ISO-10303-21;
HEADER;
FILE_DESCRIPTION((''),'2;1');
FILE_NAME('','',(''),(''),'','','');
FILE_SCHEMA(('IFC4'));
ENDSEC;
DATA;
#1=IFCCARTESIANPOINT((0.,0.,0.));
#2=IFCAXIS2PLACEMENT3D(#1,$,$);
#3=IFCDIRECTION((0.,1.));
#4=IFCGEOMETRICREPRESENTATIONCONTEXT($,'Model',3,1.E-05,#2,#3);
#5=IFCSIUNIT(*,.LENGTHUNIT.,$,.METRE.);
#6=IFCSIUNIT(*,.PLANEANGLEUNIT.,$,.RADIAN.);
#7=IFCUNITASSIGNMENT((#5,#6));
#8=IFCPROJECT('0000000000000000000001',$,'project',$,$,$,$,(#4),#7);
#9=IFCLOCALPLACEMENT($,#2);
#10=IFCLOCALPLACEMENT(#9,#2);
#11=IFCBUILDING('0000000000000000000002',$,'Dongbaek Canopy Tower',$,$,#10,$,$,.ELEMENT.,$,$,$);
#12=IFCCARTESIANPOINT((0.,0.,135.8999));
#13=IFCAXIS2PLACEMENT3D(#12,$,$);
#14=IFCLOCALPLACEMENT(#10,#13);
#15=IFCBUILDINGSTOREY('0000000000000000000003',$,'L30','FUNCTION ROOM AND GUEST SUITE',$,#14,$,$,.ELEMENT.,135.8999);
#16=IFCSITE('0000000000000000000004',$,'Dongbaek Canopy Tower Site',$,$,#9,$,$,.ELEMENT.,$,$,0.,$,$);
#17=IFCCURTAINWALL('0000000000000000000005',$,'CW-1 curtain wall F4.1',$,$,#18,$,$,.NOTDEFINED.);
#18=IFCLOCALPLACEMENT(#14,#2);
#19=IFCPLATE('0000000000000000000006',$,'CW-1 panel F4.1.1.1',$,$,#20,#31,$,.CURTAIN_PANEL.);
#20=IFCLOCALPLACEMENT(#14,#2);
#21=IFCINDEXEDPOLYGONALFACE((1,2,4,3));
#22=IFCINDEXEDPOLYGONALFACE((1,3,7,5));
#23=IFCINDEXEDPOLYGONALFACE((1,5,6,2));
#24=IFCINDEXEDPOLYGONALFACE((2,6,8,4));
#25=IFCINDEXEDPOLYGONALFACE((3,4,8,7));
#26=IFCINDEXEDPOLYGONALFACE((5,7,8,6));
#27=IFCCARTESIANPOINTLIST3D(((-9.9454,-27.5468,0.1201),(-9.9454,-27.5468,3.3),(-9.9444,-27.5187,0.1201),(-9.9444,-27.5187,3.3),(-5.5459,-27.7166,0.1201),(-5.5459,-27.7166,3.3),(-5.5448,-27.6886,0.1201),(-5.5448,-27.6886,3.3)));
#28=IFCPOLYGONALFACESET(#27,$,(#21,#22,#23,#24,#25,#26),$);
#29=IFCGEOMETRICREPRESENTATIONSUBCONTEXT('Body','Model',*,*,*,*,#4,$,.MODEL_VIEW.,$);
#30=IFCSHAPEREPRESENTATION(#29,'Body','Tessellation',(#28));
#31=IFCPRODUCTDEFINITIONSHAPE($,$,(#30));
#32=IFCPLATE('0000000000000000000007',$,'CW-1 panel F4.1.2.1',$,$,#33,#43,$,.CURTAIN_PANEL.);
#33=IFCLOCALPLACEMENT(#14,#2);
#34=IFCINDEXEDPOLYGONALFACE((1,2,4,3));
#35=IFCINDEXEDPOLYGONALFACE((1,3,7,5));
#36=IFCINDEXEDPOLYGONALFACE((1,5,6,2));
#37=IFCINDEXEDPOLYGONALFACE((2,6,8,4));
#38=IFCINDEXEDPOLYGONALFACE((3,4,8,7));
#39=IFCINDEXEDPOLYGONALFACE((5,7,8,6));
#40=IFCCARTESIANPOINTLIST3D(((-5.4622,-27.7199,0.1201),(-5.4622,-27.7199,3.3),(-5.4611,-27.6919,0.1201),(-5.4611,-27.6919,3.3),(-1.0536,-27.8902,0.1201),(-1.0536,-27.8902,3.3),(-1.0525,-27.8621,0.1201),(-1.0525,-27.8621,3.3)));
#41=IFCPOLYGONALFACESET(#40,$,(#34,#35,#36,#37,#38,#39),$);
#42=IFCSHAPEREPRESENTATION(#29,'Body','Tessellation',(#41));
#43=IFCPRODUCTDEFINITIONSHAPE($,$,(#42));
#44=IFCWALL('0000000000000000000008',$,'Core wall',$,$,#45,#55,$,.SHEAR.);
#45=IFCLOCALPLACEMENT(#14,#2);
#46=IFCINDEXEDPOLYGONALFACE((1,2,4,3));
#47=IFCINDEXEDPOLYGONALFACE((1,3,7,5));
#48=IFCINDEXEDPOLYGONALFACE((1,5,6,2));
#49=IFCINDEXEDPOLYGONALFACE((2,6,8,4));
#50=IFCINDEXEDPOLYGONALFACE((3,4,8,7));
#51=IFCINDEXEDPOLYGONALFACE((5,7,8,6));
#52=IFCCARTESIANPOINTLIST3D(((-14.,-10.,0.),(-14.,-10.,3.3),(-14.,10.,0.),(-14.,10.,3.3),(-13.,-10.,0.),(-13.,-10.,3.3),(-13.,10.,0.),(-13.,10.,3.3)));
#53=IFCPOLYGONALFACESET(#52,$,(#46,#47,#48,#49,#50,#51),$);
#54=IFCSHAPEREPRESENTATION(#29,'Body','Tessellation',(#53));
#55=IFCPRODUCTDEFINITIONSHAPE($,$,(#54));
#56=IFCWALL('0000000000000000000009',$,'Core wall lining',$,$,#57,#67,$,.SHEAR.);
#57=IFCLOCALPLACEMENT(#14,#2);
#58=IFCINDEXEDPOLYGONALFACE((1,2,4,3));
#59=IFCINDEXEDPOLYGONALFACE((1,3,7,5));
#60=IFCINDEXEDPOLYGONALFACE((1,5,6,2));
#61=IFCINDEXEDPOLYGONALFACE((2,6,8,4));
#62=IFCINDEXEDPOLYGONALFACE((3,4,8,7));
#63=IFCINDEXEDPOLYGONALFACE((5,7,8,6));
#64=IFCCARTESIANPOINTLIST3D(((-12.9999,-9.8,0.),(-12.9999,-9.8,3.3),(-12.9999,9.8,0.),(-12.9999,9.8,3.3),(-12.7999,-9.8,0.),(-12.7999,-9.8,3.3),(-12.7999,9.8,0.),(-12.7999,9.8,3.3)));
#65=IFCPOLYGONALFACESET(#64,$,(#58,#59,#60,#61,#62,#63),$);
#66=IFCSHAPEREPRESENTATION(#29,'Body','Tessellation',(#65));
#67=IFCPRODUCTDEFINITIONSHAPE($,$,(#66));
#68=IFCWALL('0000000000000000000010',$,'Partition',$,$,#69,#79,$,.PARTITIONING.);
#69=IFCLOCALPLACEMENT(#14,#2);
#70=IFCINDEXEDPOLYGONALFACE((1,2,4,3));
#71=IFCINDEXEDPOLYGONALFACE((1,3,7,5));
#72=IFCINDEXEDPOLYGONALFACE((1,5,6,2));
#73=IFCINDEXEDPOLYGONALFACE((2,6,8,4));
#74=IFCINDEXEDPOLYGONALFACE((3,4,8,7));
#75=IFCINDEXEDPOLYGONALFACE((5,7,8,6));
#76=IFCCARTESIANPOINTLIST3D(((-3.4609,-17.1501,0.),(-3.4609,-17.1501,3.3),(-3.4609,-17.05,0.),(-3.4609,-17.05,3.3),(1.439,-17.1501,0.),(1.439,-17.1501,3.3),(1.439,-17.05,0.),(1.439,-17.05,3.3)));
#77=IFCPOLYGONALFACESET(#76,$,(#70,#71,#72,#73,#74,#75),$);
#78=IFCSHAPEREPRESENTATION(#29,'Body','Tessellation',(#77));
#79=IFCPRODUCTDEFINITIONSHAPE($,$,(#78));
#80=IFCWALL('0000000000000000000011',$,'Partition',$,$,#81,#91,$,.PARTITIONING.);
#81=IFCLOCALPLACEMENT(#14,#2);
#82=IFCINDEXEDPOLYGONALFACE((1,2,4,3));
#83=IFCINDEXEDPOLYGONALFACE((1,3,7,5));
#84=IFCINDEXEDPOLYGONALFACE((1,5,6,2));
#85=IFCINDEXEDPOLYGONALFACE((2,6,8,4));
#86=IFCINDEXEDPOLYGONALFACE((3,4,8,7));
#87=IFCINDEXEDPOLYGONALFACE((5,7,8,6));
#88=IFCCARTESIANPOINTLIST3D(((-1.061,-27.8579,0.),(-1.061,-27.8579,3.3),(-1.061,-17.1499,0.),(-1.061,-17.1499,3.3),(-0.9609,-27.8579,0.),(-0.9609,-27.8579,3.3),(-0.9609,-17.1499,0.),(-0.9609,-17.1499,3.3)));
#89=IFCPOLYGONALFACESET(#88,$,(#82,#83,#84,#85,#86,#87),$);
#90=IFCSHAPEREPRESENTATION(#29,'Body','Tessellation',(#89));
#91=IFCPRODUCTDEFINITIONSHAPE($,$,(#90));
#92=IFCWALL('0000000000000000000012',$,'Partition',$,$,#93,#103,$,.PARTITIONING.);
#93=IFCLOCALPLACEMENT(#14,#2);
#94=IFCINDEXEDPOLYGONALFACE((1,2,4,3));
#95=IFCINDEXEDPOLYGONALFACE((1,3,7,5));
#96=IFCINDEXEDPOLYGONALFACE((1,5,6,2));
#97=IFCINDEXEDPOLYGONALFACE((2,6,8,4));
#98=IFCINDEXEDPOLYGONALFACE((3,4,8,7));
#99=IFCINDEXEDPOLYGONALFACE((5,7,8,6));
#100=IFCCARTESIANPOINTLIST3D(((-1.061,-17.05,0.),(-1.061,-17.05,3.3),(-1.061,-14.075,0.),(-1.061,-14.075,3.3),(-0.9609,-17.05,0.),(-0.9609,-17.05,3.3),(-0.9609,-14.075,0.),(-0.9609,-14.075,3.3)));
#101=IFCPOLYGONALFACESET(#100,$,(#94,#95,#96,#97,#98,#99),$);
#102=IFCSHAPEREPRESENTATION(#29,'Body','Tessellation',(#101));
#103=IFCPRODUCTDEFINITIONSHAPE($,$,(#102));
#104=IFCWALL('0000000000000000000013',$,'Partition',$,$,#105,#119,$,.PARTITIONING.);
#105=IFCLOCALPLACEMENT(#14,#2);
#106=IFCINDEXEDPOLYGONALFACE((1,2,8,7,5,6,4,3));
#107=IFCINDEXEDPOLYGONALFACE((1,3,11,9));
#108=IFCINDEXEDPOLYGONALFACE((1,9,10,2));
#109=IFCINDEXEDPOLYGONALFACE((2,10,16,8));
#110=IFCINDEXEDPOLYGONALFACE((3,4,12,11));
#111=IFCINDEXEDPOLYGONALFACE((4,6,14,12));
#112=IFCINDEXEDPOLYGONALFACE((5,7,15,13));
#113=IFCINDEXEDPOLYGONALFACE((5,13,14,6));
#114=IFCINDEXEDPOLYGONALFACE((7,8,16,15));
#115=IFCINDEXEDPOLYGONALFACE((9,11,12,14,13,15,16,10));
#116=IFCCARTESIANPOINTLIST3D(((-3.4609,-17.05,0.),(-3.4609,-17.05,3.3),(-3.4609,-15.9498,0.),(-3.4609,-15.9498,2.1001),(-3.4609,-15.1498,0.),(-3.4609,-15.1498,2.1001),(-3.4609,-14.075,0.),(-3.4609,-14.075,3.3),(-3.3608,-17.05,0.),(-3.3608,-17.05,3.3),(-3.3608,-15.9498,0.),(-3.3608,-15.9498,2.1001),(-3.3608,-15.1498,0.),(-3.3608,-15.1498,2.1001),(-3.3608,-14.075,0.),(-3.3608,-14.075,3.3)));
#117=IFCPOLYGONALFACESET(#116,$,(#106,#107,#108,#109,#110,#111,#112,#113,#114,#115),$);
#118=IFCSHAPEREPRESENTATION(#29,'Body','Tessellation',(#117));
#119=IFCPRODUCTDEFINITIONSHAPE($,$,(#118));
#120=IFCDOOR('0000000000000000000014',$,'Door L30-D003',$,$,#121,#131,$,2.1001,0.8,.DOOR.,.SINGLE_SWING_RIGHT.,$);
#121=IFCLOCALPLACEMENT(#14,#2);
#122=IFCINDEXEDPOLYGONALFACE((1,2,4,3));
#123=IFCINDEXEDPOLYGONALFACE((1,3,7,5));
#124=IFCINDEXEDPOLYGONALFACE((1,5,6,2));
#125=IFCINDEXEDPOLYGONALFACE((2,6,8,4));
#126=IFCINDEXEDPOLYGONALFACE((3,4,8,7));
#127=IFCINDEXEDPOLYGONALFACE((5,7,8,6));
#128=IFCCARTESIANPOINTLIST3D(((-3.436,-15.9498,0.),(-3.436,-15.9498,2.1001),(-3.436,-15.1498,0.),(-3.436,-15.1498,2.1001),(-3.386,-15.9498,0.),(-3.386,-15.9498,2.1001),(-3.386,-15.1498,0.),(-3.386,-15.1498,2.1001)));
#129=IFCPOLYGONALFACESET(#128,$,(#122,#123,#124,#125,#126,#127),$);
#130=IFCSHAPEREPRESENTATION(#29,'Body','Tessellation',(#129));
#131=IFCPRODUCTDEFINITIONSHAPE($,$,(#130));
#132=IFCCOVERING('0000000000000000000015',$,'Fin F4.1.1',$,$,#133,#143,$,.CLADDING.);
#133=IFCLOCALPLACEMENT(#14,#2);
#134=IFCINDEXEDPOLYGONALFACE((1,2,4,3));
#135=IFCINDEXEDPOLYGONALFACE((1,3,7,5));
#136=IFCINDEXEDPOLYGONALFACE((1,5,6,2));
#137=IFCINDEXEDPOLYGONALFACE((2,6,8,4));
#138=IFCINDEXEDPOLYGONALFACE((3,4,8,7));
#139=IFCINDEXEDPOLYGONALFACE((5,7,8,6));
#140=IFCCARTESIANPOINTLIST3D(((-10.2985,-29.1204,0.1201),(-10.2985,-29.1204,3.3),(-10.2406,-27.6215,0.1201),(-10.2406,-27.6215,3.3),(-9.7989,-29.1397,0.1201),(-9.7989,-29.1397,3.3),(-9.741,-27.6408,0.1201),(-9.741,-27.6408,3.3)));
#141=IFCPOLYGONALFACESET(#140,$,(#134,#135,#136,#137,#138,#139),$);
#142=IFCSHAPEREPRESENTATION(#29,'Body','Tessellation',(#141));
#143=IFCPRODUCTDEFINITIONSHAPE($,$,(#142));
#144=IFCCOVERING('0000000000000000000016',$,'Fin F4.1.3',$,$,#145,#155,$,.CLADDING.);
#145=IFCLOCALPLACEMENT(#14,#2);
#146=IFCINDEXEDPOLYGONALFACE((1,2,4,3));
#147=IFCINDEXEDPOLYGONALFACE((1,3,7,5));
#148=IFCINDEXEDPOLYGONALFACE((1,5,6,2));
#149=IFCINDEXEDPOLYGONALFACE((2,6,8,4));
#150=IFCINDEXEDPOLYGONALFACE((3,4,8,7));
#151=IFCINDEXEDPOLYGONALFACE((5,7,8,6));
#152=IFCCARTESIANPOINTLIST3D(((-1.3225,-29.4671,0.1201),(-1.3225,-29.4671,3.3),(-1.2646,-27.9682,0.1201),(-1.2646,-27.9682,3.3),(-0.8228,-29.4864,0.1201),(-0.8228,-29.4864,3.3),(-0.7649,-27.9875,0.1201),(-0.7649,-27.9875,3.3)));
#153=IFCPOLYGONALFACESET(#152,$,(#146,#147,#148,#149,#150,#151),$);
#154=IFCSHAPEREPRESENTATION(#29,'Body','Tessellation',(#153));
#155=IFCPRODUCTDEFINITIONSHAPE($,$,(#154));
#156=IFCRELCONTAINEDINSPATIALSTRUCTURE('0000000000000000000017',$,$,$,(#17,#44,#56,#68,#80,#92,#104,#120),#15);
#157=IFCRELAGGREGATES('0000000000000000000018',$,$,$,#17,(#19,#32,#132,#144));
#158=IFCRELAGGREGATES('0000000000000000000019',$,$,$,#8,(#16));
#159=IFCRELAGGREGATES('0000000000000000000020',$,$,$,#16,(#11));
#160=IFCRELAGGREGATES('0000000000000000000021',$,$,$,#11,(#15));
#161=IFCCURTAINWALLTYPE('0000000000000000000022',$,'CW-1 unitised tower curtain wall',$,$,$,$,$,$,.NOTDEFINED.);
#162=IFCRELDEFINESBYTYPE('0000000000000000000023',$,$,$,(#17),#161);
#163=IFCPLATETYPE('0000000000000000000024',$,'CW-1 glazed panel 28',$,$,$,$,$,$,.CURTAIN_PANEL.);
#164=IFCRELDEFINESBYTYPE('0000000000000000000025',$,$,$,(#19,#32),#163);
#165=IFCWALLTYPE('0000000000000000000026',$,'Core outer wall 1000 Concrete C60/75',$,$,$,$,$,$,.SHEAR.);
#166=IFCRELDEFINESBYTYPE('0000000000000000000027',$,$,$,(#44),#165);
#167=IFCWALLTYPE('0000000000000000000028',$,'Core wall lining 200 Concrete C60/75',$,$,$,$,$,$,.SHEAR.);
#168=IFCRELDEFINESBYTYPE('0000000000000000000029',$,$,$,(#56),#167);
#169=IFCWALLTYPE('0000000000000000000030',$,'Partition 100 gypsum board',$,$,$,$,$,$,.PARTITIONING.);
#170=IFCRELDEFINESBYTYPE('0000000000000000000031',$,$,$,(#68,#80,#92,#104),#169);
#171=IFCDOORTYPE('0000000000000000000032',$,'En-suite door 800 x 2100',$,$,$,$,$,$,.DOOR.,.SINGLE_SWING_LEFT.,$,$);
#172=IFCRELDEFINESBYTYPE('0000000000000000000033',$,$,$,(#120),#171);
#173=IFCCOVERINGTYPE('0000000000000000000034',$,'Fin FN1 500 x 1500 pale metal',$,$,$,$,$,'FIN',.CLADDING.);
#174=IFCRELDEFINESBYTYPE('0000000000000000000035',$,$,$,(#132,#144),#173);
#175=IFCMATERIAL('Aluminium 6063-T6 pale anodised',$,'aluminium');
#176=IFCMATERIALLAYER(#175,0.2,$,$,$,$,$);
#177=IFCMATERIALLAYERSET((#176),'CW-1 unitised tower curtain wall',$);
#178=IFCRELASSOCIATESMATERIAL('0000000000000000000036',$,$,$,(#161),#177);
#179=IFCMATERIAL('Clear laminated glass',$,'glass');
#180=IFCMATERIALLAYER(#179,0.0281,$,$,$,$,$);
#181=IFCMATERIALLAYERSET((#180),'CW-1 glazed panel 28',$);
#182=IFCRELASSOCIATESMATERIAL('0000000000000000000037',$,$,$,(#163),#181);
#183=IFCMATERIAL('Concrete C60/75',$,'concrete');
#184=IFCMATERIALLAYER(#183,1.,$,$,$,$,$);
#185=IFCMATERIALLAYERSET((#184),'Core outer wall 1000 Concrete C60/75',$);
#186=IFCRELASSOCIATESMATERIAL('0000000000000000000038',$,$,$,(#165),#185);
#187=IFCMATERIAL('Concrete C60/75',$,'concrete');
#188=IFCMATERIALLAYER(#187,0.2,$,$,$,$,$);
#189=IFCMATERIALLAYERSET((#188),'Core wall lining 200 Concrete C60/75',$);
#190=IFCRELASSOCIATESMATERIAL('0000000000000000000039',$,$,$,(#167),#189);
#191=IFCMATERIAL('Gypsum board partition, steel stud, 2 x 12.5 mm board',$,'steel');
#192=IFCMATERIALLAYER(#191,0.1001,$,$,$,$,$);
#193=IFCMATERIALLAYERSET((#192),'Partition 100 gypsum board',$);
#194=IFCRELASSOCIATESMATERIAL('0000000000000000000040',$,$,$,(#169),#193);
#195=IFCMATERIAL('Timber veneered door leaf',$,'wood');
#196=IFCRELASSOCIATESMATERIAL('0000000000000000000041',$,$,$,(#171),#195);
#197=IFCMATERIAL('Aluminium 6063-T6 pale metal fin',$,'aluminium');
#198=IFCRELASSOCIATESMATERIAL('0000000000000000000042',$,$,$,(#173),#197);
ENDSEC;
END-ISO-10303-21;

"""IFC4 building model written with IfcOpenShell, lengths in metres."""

from ifc_helpers import new_model, si_unit, direction, frame, frame_2d, origin, origin_2d, place, context, subcontext, project, spatial, rectangle, extrude, material, layer, layer_set, material_profile, profile_set, type_object, element, fill, aggregate, save


model = new_model("IFC4")

# Units and contexts
model_context = context("Model", 3, precision=1e-05, world=origin(), true_north=direction((0.0, 1.0)))
body_context = subcontext(model_context, "Body", "Model", "MODEL_VIEW")
ifc_project = project(units=[si_unit("LENGTHUNIT", "METRE"), si_unit("PLANEANGLEUNIT", "RADIAN")], contexts=[model_context])

# Site, building, storey
site_placement = place(None, origin())
site = spatial("IfcSite", under=ifc_project, at=site_placement, Name="Dongbaek Canopy Tower Site", CompositionType="ELEMENT", RefElevation=0.0)
building_placement = place(site_placement, origin())
building = spatial("IfcBuilding", under=site, at=building_placement, Name="Dongbaek Canopy Tower", CompositionType="ELEMENT")
storey_placement = place(building_placement, frame((0.0, 0.0, 135.8999)))
storey = spatial("IfcBuildingStorey", under=building, at=storey_placement, Name="L30", Description="FUNCTION ROOM AND GUEST SUITE", CompositionType="ELEMENT", Elevation=135.8999)

# Curtain wall
ifc_material_1 = material(Name="Aluminium 6063-T6 pale anodised", Category="aluminium")
ifc_layer_1 = layer(ifc_material_1, 0.2)
ifc_layer_set_1 = layer_set([ifc_layer_1], Name="CW-1 unitised tower curtain wall")
curtain_wall_type = type_object("IfcCurtainWallType", Name="CW-1 unitised tower curtain wall", PredefinedType="NOTDEFINED", material=ifc_layer_set_1)
curtain_wall_1_placement = place(storey_placement, origin())
curtain_wall_1 = element("IfcCurtainWall", 1, at=curtain_wall_1_placement, inside=storey, type_object=curtain_wall_type, Name="CW-1 curtain wall F4.1", PredefinedType="NOTDEFINED")

# Plates
ifc_material_2 = material(Name="Clear laminated glass", Category="glass")
ifc_layer_2 = layer(ifc_material_2, 0.0281)
ifc_layer_set_2 = layer_set([ifc_layer_2], Name="CW-1 glazed panel 28")
plate_type = type_object("IfcPlateType", Name="CW-1 glazed panel 28", PredefinedType="CURTAIN_PANEL", material=ifc_layer_set_2)
plate_1_placement = place(storey_placement, frame((-7.7451, -27.6177, 0.1201), z_axis=(0.0, 0.0, 1.0), x_axis=(0.999255, -0.038587, 0.0)))
plate_1 = element("IfcPlate", 2, at=plate_1_placement, type_object=plate_type, Name="CW-1 panel F4.1.1.1", PredefinedType="CURTAIN_PANEL", context=body_context, shape_type="SweptSolid", body=[
    extrude(rectangle(XDim=4.4028, YDim=0.0281, at=origin_2d()), origin(), (0.0, 0.0, 1.0), 3.1799),
])
plate_2_placement = place(storey_placement, frame((-3.2573, -27.791, 0.1201), z_axis=(0.0, 0.0, 1.0), x_axis=(0.999255, -0.038587, 0.0)))
plate_2 = element("IfcPlate", 3, at=plate_2_placement, type_object=plate_type, Name="CW-1 panel F4.1.2.1", PredefinedType="CURTAIN_PANEL", context=body_context, shape_type="SweptSolid", body=[
    extrude(rectangle(XDim=4.4119, YDim=0.0281, at=origin_2d()), origin(), (0.0, 0.0, 1.0), 3.1799),
])

# Walls
ifc_material_3 = material(Name="Concrete C60/75", Category="concrete")
ifc_layer_3 = layer(ifc_material_3, 1.0)
ifc_layer_set_3 = layer_set([ifc_layer_3], Name="Core outer wall 1000 Concrete C60/75")
wall_type_1 = type_object("IfcWallType", Name="Core outer wall 1000 Concrete C60/75", PredefinedType="SHEAR", material=ifc_layer_set_3)
wall_1_placement = place(storey_placement, frame((-13.5, -10.0, 0.0), z_axis=(0.0, 0.0, 1.0), x_axis=(0.0, 1.0, 0.0)))
element("IfcWall", 4, at=wall_1_placement, inside=storey, type_object=wall_type_1, Name="Core wall", PredefinedType="SHEAR", context=body_context, shape_type="SweptSolid", body=[
    extrude(rectangle(XDim=20.0, YDim=1.0, at=frame_2d((10.0, 0.0))), origin(), (0.0, 0.0, 1.0), 3.3),
])
ifc_material_4 = material(Name="Concrete C60/75", Category="concrete")
ifc_layer_4 = layer(ifc_material_4, 0.2)
ifc_layer_set_4 = layer_set([ifc_layer_4], Name="Core wall lining 200 Concrete C60/75")
wall_type_2 = type_object("IfcWallType", Name="Core wall lining 200 Concrete C60/75", PredefinedType="SHEAR", material=ifc_layer_set_4)
wall_2_placement = place(storey_placement, frame((-12.8999, -9.8, 0.0), z_axis=(0.0, 0.0, 1.0), x_axis=(0.0, 1.0, 0.0)))
element("IfcWall", 5, at=wall_2_placement, inside=storey, type_object=wall_type_2, Name="Core wall lining", PredefinedType="SHEAR", context=body_context, shape_type="SweptSolid", body=[
    extrude(rectangle(XDim=19.6001, YDim=0.2, at=frame_2d((9.8, 0.0))), origin(), (0.0, 0.0, 1.0), 3.3),
])
ifc_material_5 = material(Name="Gypsum board partition, steel stud, 2 x 12.5 mm board", Category="steel")
ifc_layer_5 = layer(ifc_material_5, 0.1001)
ifc_layer_set_5 = layer_set([ifc_layer_5], Name="Partition 100 gypsum board")
wall_type_3 = type_object("IfcWallType", Name="Partition 100 gypsum board", PredefinedType="PARTITIONING", material=ifc_layer_set_5)
wall_3_placement = place(storey_placement, frame((-3.4609, -17.1001, 0.0), z_axis=(0.0, 0.0, 1.0), x_axis=(1.0, 0.0, 0.0)))
element("IfcWall", 6, at=wall_3_placement, inside=storey, type_object=wall_type_3, Name="Partition", PredefinedType="PARTITIONING", context=body_context, shape_type="SweptSolid", body=[
    extrude(rectangle(XDim=4.8999, YDim=0.1001, at=frame_2d((2.45, 0.0))), origin(), (0.0, 0.0, 1.0), 3.3),
])
wall_4_placement = place(storey_placement, frame((-1.011, -27.8579, 0.0), z_axis=(0.0, 0.0, 1.0), x_axis=(0.0, 1.0, 0.0)))
element("IfcWall", 7, at=wall_4_placement, inside=storey, type_object=wall_type_3, Name="Partition", PredefinedType="PARTITIONING", context=body_context, shape_type="SweptSolid", body=[
    extrude(rectangle(XDim=10.708, YDim=0.1001, at=frame_2d((5.354, 0.0))), origin(), (0.0, 0.0, 1.0), 3.3),
])
wall_5_placement = place(storey_placement, frame((-1.011, -17.05, 0.0), z_axis=(0.0, 0.0, 1.0), x_axis=(0.0, 1.0, 0.0)))
element("IfcWall", 8, at=wall_5_placement, inside=storey, type_object=wall_type_3, Name="Partition", PredefinedType="PARTITIONING", context=body_context, shape_type="SweptSolid", body=[
    extrude(rectangle(XDim=2.9751, YDim=0.1001, at=frame_2d((1.4875, 0.0))), origin(), (0.0, 0.0, 1.0), 3.3),
])

# Wall, opening, door
wall_6_placement = place(storey_placement, frame((-3.4109, -14.075, 0.0), z_axis=(0.0, 0.0, 1.0), x_axis=(0.0, -1.0, 0.0)))
wall_6 = element("IfcWall", 9, at=wall_6_placement, inside=storey, type_object=wall_type_3, Name="Partition", PredefinedType="PARTITIONING", context=body_context, shape_type="SweptSolid", body=[
    extrude(rectangle(XDim=2.9751, YDim=0.1001, at=frame_2d((1.4875, 0.0))), origin(), (0.0, 0.0, 1.0), 3.3),
])
opening_placement = place(wall_6_placement, frame((1.075, 0.0, 0.0)))
opening = element("IfcOpeningElement", 10, at=opening_placement, cuts=wall_6, PredefinedType="OPENING", context=body_context, shape_type="SweptSolid", body=[
    extrude(rectangle(XDim=0.8, YDim=2.1001, at=frame_2d((0.3999, 1.05))), frame((0.0, 0.0601, 0.0), z_axis=(0.0, -1.0, 0.0), x_axis=(1.0, 0.0, 0.0)), (0.0, 0.0, 1.0), 0.1201),
])
ifc_material_6 = material(Name="Timber veneered door leaf", Category="wood")
door_type = type_object("IfcDoorType", Name="En-suite door 800 x 2100", OperationType="SINGLE_SWING_LEFT", PredefinedType="DOOR", material=ifc_material_6)
door_placement = place(opening_placement, origin())
door = element("IfcDoor", 11, at=door_placement, inside=storey, type_object=door_type, Name="Door L30-D003", OperationType="SINGLE_SWING_RIGHT", OverallHeight=2.1001, OverallWidth=0.8, PredefinedType="DOOR", context=body_context, shape_type="SweptSolid", body=[
    extrude(rectangle(XDim=0.8, YDim=2.1001, at=frame_2d((0.3999, 1.05))), frame((0.0, 0.0249, 0.0), z_axis=(0.0, -1.0, 0.0), x_axis=(1.0, 0.0, 0.0)), (0.0, 0.0, 1.0), 0.05),
])
fill(opening, door)

# Coverings
ifc_material_7 = material(Name="Aluminium 6063-T6 pale metal fin", Category="aluminium")
ifc_material_profile_1 = material_profile(ifc_material_7, rectangle(XDim=1.5, YDim=0.5, at=origin_2d()), Name="Fin FN1 500 x 1500 pale metal")
ifc_profile_set_1 = profile_set([ifc_material_profile_1], Name="Aluminium 6063-T6 pale metal fin")
covering_type = type_object("IfcCoveringType", Name="Fin FN1 500 x 1500 pale metal", ElementType="FIN", PredefinedType="CLADDING", material=ifc_profile_set_1)
covering_1_placement = place(storey_placement, frame((-10.0198, -28.3806, 0.1201), z_axis=(0.0, 0.0, 1.0), x_axis=(-0.038587, -0.999255, 0.0)))
covering_1 = element("IfcCovering", 12, at=covering_1_placement, type_object=covering_type, Name="Fin F4.1.1", PredefinedType="CLADDING", context=body_context, shape_type="SweptSolid", body=[
    extrude(rectangle(XDim=1.5, YDim=0.5, at=origin_2d()), origin(), (0.0, 0.0, 1.0), 3.1799),
])
covering_2_placement = place(storey_placement, frame((-1.0437, -28.7273, 0.1201), z_axis=(0.0, 0.0, 1.0), x_axis=(-0.038587, -0.999255, 0.0)))
covering_2 = element("IfcCovering", 13, at=covering_2_placement, type_object=covering_type, Name="Fin F4.1.3", PredefinedType="CLADDING", context=body_context, shape_type="SweptSolid", body=[
    extrude(rectangle(XDim=1.5, YDim=0.5, at=origin_2d()), origin(), (0.0, 0.0, 1.0), 3.1799),
])
aggregate(curtain_wall_1, [plate_1, plate_2, covering_1, covering_2])

save(model, "model.ifc")
